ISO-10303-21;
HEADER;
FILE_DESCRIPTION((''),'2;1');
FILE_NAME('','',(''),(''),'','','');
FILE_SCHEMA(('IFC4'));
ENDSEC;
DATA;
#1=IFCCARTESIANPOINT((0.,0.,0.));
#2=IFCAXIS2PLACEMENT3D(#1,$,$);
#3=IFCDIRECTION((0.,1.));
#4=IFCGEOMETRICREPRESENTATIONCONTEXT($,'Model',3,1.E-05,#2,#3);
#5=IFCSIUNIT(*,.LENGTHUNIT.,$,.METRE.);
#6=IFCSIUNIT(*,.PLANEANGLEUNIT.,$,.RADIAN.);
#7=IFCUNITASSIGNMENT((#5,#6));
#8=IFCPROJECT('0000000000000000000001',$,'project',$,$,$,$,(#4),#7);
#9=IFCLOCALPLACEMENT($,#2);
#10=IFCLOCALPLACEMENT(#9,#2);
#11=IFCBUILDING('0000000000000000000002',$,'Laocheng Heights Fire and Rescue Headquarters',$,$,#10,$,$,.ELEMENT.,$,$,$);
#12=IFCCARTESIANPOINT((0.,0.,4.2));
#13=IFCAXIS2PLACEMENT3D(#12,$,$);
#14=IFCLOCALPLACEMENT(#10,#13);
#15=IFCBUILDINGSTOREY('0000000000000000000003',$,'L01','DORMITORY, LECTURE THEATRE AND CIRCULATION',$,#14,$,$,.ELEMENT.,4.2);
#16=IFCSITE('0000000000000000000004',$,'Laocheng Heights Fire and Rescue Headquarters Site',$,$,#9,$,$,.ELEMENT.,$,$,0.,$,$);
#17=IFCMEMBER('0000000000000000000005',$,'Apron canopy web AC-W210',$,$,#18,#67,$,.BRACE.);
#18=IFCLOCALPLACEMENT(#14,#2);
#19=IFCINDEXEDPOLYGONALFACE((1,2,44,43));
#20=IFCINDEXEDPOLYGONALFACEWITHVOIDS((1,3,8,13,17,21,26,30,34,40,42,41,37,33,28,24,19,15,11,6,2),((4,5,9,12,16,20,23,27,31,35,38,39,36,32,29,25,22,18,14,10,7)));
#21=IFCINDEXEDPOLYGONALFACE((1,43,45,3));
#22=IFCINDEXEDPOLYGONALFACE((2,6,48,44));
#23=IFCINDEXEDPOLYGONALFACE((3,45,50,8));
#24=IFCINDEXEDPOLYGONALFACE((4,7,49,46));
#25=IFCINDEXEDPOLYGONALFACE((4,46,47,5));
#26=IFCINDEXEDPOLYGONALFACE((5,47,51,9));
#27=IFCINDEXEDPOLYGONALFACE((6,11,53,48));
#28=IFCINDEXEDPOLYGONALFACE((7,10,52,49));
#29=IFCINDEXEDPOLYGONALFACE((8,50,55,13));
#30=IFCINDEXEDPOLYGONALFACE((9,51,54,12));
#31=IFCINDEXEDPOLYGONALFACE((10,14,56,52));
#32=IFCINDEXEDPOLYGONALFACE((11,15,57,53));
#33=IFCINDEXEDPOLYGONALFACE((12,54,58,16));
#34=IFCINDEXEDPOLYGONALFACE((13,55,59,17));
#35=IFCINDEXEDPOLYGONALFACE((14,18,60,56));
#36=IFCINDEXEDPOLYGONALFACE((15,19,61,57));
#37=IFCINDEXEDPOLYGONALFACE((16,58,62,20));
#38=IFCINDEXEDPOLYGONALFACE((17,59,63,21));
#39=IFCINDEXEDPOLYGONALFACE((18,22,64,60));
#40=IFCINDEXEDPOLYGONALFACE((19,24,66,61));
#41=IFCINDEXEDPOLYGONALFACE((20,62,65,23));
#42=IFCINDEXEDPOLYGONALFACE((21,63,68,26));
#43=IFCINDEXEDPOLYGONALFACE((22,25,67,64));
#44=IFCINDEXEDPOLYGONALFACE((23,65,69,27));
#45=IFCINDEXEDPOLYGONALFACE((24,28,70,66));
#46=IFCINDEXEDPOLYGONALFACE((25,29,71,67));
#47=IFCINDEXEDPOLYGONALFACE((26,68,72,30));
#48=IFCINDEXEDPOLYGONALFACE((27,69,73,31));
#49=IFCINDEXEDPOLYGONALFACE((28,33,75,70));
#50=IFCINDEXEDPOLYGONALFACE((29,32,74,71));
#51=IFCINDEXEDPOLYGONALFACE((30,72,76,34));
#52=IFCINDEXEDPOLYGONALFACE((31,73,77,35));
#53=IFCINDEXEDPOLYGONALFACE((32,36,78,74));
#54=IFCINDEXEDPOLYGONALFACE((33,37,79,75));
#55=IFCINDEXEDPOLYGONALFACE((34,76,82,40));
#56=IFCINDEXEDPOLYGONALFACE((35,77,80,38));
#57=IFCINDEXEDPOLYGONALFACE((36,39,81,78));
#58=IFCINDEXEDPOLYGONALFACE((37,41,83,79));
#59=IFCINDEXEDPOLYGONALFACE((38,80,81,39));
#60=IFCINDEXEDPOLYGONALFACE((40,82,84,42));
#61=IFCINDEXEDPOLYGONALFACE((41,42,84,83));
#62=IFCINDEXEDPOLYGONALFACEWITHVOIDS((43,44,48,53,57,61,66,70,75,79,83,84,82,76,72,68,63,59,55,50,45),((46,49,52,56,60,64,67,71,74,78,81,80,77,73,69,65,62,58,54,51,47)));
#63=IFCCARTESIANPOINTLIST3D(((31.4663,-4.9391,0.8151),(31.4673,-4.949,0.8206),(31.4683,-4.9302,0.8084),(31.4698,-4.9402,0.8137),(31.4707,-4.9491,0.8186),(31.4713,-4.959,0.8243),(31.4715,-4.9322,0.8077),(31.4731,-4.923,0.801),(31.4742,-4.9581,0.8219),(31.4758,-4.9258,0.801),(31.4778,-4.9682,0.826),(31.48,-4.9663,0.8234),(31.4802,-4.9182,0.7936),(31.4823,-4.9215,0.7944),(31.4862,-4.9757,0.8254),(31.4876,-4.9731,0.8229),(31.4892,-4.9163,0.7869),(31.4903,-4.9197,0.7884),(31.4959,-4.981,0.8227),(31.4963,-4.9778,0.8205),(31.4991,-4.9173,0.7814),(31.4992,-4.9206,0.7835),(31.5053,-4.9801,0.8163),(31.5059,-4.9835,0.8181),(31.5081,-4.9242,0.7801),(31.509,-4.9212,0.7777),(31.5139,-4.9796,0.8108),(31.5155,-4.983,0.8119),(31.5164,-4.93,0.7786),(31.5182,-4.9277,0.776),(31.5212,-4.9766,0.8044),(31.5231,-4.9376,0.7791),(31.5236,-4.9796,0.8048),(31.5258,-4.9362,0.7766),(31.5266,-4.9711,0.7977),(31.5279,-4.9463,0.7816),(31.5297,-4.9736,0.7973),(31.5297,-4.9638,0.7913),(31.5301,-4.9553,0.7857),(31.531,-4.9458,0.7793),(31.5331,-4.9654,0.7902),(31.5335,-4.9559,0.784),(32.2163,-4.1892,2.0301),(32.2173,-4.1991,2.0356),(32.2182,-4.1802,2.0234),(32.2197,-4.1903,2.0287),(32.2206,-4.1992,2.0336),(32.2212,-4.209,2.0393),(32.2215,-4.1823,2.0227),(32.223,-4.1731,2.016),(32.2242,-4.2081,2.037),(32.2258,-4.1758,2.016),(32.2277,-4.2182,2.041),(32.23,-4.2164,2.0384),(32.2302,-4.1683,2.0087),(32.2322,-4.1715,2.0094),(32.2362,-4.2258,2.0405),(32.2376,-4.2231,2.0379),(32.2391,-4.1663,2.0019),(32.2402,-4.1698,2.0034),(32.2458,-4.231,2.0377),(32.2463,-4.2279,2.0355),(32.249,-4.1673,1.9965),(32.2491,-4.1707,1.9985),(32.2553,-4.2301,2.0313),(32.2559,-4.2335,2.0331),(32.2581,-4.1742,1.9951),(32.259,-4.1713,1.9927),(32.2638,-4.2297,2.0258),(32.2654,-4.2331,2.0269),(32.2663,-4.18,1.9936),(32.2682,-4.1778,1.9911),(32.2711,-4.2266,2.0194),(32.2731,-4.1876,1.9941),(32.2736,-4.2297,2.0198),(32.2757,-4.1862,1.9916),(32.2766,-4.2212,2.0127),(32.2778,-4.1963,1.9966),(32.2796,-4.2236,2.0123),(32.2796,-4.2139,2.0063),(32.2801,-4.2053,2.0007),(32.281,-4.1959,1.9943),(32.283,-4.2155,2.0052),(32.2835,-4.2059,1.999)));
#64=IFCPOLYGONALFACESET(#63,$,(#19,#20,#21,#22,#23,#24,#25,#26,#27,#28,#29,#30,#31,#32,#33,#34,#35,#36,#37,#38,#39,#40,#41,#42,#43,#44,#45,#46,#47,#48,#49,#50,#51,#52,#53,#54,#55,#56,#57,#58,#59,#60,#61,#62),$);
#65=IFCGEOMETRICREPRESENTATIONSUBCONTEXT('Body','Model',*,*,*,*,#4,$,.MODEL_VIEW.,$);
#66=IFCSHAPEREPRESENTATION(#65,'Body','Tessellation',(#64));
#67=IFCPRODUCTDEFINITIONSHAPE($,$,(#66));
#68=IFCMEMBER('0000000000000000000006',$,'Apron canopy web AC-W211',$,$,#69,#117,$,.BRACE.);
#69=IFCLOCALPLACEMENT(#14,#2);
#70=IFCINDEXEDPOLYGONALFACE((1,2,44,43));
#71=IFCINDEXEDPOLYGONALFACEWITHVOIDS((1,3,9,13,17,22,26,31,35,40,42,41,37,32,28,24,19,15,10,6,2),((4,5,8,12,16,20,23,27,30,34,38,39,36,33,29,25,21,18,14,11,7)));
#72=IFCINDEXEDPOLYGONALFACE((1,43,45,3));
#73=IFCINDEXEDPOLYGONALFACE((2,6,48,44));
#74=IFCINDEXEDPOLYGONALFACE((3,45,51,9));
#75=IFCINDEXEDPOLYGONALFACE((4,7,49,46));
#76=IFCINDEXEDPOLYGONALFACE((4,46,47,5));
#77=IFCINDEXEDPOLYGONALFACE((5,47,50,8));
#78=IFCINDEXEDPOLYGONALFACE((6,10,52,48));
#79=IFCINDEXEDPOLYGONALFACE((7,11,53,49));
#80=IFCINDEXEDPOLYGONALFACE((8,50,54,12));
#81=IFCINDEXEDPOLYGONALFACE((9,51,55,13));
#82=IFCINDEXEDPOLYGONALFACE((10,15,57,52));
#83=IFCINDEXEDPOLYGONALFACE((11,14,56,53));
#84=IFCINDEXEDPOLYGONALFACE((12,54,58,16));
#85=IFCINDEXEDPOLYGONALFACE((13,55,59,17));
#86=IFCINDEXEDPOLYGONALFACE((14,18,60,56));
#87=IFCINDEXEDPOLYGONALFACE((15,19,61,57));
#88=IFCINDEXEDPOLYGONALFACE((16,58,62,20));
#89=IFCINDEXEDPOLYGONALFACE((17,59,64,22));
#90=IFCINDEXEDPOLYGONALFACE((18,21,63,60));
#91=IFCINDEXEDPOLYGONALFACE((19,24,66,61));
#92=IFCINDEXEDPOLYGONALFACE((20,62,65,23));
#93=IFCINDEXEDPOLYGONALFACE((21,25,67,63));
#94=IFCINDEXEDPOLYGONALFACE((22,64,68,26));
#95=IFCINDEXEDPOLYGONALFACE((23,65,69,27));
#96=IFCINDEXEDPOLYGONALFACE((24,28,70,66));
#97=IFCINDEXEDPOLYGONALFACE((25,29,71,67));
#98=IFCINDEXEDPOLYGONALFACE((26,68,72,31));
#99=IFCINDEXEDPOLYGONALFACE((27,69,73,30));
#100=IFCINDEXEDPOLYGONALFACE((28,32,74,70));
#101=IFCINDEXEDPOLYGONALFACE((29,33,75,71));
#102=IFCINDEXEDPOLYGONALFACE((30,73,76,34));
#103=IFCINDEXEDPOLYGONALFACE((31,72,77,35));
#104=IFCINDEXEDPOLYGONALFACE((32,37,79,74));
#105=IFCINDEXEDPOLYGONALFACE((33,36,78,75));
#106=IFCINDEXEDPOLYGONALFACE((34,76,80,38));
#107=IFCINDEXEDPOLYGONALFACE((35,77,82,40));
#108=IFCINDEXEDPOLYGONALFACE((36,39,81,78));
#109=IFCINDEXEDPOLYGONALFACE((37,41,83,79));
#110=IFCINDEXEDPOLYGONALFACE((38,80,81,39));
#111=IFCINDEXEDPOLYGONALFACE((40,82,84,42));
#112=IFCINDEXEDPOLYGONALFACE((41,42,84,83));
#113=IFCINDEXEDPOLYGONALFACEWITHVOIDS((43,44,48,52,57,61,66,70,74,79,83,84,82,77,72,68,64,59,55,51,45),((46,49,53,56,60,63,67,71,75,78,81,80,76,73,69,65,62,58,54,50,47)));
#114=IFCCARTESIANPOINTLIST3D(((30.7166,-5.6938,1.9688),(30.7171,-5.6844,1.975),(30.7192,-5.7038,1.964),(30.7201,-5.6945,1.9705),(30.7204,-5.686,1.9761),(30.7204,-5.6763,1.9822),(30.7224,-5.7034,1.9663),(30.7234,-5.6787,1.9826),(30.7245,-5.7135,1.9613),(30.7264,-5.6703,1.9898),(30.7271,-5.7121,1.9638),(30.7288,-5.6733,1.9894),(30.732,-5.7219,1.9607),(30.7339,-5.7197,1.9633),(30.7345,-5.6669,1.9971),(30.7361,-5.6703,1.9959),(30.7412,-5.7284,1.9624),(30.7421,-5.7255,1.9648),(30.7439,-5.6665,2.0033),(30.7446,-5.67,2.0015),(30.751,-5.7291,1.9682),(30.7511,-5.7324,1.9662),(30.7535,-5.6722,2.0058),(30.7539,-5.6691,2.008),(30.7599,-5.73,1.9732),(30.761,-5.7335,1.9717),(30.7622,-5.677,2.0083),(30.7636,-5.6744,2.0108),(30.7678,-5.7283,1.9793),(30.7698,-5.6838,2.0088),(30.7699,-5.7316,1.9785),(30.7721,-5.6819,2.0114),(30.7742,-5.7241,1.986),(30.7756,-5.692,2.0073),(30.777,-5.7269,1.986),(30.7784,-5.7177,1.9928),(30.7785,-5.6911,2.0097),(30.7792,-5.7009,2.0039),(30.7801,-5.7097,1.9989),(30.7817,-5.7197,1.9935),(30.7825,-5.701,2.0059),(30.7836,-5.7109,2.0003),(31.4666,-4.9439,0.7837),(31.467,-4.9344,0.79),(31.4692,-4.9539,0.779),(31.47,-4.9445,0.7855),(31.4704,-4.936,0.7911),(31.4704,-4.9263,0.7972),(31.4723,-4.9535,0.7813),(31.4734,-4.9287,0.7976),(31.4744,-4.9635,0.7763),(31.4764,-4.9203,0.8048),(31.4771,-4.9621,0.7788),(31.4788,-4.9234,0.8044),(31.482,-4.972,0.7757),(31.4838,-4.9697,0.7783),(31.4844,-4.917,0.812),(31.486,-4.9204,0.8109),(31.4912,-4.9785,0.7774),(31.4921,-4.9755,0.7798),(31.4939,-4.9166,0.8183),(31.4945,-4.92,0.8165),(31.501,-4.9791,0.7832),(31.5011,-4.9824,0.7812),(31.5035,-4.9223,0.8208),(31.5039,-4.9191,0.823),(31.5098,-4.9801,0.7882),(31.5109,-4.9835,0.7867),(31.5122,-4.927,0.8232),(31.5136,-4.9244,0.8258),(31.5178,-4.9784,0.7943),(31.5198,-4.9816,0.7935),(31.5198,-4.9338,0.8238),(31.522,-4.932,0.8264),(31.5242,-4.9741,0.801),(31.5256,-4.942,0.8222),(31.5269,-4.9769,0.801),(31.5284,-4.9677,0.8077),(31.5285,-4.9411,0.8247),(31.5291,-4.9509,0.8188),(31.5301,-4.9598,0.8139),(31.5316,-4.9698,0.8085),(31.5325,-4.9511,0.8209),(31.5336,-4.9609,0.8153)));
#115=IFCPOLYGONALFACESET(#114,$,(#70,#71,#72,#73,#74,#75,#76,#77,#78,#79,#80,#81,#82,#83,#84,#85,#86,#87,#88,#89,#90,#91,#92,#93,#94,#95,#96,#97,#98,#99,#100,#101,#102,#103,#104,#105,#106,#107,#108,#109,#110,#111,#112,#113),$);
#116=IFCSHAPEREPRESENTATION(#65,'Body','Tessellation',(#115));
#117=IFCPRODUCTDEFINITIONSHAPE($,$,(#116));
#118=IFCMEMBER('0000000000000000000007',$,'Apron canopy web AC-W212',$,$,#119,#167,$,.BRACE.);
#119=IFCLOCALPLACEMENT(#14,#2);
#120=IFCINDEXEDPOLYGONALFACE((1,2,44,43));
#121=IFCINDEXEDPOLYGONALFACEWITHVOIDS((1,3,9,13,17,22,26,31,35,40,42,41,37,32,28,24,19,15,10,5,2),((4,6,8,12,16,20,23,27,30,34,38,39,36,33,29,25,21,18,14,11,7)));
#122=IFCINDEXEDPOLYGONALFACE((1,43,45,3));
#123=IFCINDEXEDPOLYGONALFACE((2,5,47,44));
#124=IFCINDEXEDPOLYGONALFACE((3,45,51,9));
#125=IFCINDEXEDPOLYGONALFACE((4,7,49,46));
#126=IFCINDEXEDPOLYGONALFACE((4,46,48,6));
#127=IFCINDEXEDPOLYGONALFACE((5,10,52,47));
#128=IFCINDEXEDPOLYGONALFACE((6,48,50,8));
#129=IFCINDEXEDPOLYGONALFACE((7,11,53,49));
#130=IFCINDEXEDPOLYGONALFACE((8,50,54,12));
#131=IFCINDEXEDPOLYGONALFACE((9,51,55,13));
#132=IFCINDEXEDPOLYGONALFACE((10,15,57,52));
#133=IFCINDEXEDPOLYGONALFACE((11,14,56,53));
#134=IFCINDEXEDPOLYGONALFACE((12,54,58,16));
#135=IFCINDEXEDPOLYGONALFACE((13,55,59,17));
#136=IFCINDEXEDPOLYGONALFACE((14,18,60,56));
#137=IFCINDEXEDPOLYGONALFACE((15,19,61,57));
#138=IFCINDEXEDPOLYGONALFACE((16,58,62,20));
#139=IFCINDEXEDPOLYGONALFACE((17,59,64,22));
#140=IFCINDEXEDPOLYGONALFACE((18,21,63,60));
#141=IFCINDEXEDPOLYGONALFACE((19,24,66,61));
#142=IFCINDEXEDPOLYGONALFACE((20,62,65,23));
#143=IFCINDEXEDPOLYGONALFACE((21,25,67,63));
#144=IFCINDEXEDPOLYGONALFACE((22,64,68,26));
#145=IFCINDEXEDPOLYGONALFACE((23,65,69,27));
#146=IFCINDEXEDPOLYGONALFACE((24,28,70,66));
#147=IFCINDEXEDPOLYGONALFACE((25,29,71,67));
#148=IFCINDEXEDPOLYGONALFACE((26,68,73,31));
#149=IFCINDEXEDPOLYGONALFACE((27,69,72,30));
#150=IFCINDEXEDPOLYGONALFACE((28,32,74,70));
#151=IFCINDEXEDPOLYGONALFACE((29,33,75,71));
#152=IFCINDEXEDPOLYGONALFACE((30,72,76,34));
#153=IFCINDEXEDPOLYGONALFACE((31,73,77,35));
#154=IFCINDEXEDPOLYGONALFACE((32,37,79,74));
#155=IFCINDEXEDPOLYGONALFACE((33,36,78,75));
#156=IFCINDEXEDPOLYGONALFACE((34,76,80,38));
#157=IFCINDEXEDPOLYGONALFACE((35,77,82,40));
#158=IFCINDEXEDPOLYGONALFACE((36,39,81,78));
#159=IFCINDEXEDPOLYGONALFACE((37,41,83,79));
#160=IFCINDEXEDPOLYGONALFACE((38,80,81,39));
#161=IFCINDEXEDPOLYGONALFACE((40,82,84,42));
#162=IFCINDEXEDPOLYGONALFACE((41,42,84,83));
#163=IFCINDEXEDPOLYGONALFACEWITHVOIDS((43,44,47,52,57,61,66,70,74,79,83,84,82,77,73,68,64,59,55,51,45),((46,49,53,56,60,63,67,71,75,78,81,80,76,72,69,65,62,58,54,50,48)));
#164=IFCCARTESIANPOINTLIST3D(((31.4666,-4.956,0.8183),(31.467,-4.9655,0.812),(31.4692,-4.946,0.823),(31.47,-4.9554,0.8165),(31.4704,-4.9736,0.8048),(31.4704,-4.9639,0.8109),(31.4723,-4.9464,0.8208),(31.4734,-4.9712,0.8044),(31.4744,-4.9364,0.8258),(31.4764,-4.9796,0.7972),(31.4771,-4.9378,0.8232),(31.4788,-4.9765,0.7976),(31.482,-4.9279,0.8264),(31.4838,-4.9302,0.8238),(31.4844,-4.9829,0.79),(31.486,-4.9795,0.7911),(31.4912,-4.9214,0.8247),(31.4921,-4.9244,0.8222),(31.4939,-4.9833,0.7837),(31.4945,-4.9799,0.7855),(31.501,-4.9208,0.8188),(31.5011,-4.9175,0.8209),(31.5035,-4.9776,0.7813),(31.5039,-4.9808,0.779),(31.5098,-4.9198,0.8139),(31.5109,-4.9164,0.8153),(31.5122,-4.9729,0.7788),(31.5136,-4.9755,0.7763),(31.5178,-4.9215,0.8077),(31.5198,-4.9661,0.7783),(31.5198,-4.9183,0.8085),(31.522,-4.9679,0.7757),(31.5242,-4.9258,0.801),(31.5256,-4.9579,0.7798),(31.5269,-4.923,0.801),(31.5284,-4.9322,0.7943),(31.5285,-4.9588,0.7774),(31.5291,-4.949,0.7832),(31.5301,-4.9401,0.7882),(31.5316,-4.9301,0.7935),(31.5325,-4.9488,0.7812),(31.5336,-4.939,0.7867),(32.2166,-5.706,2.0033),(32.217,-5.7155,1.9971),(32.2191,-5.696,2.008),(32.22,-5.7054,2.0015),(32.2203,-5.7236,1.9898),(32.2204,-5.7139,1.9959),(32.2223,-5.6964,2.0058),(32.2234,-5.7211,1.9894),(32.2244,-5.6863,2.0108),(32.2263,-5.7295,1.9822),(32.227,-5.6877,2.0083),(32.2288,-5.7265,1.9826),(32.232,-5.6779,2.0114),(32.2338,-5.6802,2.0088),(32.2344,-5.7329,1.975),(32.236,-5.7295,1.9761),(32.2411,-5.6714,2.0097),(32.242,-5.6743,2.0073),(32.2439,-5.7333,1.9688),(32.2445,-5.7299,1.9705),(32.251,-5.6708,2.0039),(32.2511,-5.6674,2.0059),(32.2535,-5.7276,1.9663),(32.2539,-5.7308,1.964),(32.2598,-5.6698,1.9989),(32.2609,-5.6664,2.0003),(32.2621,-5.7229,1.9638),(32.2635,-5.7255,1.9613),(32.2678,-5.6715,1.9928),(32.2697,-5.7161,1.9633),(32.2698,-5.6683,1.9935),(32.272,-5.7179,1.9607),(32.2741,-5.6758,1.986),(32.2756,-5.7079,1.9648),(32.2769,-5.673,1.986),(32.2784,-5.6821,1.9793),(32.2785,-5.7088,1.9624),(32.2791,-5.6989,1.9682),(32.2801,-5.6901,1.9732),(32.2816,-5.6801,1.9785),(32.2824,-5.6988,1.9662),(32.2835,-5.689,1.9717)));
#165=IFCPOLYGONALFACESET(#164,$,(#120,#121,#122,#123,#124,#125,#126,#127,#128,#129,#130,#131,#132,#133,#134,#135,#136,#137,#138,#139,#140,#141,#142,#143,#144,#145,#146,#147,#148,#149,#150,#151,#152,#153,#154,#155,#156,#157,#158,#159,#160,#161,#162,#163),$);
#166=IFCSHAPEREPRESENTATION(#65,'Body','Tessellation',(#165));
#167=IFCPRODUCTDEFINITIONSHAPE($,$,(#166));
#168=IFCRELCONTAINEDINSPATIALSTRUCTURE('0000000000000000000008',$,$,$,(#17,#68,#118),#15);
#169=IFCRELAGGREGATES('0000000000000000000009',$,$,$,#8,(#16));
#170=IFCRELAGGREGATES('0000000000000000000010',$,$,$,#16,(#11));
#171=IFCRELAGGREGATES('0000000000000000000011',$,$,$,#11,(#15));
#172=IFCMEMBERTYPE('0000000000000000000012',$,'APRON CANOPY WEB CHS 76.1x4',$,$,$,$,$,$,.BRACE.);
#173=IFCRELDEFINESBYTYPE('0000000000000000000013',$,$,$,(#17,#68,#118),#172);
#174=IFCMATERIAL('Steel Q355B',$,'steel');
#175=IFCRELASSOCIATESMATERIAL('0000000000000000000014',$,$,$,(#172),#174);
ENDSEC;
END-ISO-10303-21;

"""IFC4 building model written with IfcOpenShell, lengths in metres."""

from ifc_helpers import new_model, si_unit, direction, frame, origin, origin_2d, place, context, subcontext, project, spatial, hollow_circle, extrude, material, material_profile, profile_set, type_object, element, save


model = new_model("IFC4")

# Units and contexts
model_context = context("Model", 3, precision=1e-05, world=origin(), true_north=direction((0.0, 1.0)))
body_context = subcontext(model_context, "Body", "Model", "MODEL_VIEW")
ifc_project = project(units=[si_unit("LENGTHUNIT", "METRE"), si_unit("PLANEANGLEUNIT", "RADIAN")], contexts=[model_context])

# Site, building, storey
site_placement = place(None, origin())
site = spatial("IfcSite", under=ifc_project, at=site_placement, Name="Laocheng Heights Fire and Rescue Headquarters Site", CompositionType="ELEMENT", RefElevation=0.0)
building_placement = place(site_placement, origin())
building = spatial("IfcBuilding", under=site, at=building_placement, Name="Laocheng Heights Fire and Rescue Headquarters", CompositionType="ELEMENT")
storey_placement = place(building_placement, frame((0.0, 0.0, 4.2)))
storey = spatial("IfcBuildingStorey", under=building, at=storey_placement, Name="L01", Description="DORMITORY, LECTURE THEATRE AND CIRCULATION", CompositionType="ELEMENT", Elevation=4.2)

# Members
ifc_material_1 = material(Name="Steel Q355B", Category="steel")
ifc_material_profile_1 = material_profile(ifc_material_1, hollow_circle(Radius=0.0381, WallThickness=0.0039, at=origin_2d()), Name="CHS 76.1x4")
ifc_profile_set_1 = profile_set([ifc_material_profile_1], Name="Steel Q355B")
member_type_1 = type_object("IfcMemberType", Name="APRON CANOPY WEB CHS 76.1x4", PredefinedType="BRACE", material=ifc_profile_set_1)
for number, where, z_axis, x_axis, name in (
    (1, (31.5, -4.95, 0.801), (0.465002, 0.465002, 0.753357), (-0.707107, 0.707107, 0.0), "Apron canopy web AC-W210"),
):
    element("IfcMember", number, at=place(storey_placement, frame(where, z_axis=z_axis, x_axis=x_axis)), inside=storey, type_object=member_type_1, Name=name, PredefinedType="BRACE", context=body_context, shape_type="SweptSolid", body=[
        extrude(hollow_circle(Radius=0.0381, WallThickness=0.0039, at=origin_2d()), origin(), (0.0, 0.0, 1.0), 1.6128),
    ])
for number, where, z_axis, x_axis, name in (
    (2, (31.5, -4.95, 0.801), (-0.47158, -0.47158, 0.745134), (0.707107, -0.707107, 0.0), "Apron canopy web AC-W211"),
    (3, (31.5, -4.95, 0.801), (0.47158, -0.47158, 0.745134), (0.707107, 0.707107, 0.0), "Apron canopy web AC-W212"),
):
    element("IfcMember", number, at=place(storey_placement, frame(where, z_axis=z_axis, x_axis=x_axis)), inside=storey, type_object=member_type_1, Name=name, PredefinedType="BRACE", context=body_context, shape_type="SweptSolid", body=[
        extrude(hollow_circle(Radius=0.0381, WallThickness=0.0039, at=origin_2d()), origin(), (0.0, 0.0, 1.0), 1.5903),
    ])

save(model, "model.ifc")
